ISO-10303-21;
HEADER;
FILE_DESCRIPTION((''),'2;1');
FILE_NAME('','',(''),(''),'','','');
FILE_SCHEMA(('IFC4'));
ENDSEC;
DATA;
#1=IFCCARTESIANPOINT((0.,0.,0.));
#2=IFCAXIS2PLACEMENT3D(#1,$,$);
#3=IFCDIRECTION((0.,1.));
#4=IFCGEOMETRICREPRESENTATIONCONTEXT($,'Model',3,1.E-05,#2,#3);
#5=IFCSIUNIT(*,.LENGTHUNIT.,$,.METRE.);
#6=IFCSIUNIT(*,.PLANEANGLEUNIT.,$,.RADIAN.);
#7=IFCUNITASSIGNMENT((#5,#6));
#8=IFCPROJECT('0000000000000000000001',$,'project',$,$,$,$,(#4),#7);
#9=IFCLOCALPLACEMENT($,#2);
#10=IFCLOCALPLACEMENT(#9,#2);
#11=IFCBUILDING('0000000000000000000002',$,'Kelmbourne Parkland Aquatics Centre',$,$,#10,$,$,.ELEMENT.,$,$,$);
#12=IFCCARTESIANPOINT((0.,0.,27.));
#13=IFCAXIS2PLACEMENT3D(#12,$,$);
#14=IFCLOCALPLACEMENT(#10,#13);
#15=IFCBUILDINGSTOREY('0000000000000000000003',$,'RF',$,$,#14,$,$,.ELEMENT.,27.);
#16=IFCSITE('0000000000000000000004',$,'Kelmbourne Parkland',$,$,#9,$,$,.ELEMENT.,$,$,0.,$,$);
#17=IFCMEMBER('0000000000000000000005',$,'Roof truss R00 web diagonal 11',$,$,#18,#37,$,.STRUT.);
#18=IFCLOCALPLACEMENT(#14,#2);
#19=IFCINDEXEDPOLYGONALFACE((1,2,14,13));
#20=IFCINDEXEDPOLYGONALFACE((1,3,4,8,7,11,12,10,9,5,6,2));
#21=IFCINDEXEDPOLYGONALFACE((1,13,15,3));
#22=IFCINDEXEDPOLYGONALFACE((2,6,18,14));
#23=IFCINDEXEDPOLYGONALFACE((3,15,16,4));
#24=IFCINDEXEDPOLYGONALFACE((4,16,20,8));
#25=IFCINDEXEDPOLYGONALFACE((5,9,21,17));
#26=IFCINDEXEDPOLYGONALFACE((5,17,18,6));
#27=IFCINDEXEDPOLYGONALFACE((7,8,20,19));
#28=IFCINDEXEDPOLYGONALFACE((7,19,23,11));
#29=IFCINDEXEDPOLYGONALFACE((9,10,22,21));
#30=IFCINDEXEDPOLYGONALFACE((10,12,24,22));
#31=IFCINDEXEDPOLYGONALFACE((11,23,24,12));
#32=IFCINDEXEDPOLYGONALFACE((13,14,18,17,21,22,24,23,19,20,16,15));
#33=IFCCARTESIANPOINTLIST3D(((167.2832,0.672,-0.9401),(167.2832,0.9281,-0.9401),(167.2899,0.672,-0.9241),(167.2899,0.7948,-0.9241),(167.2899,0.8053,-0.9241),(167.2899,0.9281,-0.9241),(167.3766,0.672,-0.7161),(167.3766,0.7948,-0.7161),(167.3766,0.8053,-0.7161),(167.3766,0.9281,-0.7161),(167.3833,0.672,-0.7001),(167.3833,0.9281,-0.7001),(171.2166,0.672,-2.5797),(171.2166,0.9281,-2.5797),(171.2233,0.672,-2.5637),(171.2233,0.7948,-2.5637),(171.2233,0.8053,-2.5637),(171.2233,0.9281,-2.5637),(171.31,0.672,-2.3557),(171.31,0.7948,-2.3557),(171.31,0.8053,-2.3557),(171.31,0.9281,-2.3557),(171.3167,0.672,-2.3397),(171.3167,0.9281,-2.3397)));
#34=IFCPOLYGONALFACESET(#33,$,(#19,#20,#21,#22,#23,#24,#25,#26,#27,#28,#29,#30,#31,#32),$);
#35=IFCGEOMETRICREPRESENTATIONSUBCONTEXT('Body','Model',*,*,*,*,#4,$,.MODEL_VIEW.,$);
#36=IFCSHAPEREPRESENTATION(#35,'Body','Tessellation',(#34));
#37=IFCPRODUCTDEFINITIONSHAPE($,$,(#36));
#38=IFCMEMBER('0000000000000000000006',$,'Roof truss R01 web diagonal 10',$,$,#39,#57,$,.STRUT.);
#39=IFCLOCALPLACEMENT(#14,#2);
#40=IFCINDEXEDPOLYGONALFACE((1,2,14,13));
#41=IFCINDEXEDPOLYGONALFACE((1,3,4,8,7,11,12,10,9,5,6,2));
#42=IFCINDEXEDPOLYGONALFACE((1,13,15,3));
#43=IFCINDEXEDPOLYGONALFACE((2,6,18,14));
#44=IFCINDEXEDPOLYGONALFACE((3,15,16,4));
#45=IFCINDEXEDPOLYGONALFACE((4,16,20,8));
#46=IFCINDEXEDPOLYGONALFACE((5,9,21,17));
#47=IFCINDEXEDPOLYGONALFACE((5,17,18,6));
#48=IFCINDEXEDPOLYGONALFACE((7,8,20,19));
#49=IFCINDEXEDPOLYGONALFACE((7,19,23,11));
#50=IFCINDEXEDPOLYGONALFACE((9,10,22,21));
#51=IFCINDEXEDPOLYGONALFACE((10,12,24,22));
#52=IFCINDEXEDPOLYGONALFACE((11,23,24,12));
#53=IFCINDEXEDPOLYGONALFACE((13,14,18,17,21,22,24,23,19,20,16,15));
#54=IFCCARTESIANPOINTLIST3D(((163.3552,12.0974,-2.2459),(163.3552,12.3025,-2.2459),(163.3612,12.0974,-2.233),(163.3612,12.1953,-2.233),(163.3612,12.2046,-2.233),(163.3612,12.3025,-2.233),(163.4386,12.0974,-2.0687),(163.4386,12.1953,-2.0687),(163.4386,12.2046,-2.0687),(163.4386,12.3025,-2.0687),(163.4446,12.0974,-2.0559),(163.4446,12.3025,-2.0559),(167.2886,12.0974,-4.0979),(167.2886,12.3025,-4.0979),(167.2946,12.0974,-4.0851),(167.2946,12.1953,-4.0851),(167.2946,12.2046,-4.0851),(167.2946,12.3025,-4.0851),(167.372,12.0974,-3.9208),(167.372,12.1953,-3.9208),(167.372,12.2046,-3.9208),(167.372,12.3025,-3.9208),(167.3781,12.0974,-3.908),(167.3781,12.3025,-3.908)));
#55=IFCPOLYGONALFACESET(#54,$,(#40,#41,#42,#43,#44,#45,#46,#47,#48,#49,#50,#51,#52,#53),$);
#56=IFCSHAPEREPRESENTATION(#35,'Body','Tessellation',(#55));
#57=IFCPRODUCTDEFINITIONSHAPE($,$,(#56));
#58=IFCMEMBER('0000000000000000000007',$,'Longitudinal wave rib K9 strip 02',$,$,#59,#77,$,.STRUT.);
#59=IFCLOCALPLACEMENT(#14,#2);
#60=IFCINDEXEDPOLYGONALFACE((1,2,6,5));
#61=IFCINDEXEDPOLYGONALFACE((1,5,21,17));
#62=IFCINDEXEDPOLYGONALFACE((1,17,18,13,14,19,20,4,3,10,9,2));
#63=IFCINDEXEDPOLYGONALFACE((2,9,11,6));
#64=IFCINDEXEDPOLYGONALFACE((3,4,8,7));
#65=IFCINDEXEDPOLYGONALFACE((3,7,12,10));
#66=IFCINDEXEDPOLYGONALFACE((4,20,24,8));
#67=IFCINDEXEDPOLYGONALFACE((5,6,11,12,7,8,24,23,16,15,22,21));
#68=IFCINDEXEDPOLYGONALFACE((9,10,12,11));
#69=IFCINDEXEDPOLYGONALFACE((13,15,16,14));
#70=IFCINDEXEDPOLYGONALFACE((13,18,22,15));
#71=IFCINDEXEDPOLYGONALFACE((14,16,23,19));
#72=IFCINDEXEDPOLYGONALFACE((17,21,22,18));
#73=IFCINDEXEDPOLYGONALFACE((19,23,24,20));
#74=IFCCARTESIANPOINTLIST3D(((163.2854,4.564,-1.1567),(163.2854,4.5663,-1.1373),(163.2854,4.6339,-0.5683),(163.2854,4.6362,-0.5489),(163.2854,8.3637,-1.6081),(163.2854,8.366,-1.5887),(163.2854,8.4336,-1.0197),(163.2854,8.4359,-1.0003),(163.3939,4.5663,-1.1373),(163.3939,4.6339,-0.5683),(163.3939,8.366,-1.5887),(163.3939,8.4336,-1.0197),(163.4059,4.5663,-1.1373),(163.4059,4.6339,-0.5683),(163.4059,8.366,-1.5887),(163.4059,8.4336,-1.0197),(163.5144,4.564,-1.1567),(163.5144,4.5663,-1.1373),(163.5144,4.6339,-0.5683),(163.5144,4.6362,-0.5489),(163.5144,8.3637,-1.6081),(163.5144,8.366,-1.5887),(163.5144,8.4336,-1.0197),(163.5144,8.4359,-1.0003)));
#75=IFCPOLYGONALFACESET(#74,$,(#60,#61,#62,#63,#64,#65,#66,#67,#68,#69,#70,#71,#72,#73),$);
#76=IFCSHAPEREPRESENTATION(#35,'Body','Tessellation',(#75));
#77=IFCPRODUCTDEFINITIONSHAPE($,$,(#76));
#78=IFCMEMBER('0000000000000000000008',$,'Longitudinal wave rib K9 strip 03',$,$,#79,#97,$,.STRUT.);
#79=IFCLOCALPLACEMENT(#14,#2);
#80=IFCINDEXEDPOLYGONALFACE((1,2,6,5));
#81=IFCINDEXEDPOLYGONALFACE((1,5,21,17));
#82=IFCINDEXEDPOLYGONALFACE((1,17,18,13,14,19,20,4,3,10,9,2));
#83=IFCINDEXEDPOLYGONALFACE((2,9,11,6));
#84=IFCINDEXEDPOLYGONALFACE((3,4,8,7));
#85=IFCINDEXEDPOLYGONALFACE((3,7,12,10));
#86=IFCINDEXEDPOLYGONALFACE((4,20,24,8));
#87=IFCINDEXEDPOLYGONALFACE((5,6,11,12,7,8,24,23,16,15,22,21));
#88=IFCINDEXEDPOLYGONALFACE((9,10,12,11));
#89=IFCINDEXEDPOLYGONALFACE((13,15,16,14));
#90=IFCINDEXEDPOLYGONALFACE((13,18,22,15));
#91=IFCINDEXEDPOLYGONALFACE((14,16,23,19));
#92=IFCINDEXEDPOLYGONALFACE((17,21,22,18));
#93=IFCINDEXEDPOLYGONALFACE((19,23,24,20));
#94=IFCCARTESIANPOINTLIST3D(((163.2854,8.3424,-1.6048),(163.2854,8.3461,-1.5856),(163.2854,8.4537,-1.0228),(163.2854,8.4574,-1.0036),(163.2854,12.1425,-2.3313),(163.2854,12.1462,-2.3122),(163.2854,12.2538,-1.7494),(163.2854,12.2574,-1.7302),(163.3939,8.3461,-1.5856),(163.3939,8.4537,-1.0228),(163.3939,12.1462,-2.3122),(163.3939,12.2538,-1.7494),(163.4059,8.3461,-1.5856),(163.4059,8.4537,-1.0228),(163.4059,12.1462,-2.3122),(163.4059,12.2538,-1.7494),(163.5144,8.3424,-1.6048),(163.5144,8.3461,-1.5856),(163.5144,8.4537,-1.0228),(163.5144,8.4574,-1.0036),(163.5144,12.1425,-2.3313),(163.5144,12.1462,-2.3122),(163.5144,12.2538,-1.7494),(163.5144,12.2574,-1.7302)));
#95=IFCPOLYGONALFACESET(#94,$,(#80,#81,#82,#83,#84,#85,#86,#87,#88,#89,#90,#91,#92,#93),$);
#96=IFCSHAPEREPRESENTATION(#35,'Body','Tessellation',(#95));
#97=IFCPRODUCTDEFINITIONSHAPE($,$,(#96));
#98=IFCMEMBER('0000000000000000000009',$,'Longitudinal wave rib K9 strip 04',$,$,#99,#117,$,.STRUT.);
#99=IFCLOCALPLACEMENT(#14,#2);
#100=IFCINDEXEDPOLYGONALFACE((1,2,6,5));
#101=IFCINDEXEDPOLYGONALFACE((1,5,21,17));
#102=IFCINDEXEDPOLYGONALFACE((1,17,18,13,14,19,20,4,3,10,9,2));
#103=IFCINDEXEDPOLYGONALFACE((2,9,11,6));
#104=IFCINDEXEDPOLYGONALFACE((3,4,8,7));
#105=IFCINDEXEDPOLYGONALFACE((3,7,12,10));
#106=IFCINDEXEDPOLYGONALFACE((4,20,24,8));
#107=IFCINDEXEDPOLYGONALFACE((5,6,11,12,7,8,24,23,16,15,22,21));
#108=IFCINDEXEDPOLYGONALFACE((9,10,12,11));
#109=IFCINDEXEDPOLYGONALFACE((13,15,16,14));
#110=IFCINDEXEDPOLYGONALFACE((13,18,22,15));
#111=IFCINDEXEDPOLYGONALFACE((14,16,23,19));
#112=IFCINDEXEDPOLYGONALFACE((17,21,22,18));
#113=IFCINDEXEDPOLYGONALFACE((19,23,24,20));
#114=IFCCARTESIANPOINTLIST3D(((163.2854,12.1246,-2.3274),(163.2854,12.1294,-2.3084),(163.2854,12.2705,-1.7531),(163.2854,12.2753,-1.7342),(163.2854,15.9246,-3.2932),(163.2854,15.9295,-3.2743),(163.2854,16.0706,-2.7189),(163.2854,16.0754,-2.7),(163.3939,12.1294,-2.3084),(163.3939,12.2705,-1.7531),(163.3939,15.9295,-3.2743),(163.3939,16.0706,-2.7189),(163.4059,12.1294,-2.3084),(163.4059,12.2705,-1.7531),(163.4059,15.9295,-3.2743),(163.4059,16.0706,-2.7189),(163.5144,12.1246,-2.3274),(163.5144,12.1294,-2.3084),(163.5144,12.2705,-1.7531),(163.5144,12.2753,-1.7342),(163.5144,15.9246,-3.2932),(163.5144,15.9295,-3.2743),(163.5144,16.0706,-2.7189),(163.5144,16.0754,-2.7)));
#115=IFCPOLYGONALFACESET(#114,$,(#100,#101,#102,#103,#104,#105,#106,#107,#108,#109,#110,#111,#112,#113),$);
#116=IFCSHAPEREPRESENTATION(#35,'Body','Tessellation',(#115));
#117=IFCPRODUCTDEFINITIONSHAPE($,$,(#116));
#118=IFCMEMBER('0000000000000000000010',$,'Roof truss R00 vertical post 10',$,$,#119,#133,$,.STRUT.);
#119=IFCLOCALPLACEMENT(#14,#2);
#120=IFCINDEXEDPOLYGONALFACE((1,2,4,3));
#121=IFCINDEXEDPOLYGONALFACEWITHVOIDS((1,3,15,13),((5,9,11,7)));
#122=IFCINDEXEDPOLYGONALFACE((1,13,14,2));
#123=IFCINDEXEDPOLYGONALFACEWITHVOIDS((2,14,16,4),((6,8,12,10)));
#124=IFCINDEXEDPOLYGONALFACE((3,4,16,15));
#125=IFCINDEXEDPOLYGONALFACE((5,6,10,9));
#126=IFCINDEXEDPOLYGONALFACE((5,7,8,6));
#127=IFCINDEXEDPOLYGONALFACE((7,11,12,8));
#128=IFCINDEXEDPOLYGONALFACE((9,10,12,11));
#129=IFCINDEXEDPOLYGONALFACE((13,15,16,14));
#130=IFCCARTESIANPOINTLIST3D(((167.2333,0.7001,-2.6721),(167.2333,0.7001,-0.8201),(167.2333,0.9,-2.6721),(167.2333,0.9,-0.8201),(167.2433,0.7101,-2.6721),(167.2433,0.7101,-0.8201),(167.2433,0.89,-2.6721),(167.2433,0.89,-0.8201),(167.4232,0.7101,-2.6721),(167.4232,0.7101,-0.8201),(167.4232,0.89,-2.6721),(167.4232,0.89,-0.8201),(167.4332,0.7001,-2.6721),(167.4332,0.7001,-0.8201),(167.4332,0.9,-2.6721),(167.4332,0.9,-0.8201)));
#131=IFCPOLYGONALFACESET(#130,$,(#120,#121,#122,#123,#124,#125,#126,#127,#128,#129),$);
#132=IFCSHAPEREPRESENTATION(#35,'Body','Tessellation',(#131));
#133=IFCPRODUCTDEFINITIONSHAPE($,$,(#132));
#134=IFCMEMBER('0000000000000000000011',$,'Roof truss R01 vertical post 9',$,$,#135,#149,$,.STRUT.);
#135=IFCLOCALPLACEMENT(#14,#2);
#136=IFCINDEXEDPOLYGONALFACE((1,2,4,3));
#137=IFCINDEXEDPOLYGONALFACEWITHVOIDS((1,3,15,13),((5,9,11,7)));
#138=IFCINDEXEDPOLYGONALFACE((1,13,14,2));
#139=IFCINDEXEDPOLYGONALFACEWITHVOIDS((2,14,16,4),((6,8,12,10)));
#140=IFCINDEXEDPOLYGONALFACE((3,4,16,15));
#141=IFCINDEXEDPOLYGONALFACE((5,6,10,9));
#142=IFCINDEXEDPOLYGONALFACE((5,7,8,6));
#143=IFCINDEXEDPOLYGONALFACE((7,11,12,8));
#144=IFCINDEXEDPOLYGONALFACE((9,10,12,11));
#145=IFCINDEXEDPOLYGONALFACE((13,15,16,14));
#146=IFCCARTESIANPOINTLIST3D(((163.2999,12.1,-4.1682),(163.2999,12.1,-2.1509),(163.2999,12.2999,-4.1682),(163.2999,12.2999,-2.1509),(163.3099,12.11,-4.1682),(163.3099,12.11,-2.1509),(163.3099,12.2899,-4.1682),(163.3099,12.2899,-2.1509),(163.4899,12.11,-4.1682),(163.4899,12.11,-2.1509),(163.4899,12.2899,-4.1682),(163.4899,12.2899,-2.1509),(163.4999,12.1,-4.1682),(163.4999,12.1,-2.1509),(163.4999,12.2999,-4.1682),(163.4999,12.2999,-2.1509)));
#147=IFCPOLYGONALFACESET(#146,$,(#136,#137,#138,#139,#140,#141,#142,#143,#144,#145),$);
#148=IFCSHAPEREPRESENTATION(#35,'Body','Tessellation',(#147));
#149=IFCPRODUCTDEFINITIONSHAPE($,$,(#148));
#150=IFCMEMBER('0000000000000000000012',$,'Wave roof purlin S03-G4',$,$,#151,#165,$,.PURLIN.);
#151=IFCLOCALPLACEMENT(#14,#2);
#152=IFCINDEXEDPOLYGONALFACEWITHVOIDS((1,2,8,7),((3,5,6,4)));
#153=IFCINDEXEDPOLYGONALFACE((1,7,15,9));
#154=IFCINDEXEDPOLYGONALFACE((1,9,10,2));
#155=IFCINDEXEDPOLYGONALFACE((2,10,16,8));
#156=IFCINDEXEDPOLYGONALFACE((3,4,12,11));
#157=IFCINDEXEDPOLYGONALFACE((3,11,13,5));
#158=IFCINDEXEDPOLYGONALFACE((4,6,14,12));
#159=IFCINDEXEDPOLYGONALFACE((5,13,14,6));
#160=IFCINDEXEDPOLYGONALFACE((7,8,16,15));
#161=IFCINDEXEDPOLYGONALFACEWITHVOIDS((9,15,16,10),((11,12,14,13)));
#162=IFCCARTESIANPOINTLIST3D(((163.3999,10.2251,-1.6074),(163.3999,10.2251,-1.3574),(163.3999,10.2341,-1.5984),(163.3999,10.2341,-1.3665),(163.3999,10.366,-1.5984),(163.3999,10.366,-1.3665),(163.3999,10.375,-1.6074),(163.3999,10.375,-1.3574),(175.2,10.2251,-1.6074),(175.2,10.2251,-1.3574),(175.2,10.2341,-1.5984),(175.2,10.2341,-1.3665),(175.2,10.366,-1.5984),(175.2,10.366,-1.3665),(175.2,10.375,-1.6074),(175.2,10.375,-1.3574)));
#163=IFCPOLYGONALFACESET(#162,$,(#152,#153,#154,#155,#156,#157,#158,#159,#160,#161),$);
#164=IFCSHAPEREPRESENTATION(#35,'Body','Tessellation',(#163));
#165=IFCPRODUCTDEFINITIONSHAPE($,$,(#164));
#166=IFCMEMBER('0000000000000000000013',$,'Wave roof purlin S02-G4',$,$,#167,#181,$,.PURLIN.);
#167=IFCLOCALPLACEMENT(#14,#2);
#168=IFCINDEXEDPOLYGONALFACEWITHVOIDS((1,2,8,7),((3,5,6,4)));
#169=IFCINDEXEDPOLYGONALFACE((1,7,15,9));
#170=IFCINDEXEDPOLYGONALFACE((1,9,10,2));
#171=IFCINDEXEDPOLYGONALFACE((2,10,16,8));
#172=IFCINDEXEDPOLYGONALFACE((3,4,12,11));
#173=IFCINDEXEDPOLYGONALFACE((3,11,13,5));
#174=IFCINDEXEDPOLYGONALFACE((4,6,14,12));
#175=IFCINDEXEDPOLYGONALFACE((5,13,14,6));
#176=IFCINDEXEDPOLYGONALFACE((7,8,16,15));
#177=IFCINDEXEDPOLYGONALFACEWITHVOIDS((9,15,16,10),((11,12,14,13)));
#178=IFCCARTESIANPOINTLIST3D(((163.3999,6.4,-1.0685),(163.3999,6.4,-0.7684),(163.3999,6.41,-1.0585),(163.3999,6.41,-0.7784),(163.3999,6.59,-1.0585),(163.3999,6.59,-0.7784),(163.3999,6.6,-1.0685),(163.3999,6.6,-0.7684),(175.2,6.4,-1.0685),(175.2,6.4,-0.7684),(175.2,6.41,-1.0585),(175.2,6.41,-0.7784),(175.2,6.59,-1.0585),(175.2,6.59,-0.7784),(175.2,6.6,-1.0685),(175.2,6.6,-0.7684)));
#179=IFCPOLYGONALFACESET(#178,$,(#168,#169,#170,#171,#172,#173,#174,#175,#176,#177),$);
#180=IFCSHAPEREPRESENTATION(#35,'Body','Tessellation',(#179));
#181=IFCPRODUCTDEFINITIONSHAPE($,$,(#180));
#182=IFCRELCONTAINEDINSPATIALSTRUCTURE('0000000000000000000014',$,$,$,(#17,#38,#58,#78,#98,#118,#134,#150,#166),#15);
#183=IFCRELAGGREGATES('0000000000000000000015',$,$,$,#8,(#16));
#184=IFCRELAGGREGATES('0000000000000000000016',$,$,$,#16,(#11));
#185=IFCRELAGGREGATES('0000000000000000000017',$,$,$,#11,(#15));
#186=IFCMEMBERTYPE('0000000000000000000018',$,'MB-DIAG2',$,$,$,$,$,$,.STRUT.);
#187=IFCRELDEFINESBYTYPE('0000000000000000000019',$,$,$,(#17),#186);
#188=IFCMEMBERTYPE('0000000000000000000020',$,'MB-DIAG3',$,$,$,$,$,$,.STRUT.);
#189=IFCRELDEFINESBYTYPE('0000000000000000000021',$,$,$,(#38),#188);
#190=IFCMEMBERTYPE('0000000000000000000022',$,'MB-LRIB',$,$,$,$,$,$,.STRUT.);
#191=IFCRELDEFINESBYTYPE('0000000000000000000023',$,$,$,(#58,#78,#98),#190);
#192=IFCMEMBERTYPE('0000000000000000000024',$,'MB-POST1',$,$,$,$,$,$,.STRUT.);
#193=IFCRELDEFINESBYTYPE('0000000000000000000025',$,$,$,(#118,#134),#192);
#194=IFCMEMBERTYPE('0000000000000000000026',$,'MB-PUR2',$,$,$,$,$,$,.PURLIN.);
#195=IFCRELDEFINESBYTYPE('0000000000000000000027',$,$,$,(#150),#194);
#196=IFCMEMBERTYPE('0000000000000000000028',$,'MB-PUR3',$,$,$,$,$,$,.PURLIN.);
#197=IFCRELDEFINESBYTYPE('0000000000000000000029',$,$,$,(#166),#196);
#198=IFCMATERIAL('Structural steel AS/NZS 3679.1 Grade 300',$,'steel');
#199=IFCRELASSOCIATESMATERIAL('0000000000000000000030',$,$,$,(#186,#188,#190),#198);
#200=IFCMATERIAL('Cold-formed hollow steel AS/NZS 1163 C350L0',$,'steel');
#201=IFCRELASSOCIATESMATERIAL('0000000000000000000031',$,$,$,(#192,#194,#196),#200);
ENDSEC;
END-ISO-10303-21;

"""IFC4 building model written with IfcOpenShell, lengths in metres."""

from ifc_helpers import new_model, si_unit, direction, frame, origin, origin_2d, place, context, subcontext, project, spatial, hollow_rectangle, i_section, extrude, material, material_profile, profile_set, type_object, element, save


model = new_model("IFC4")

# Units and contexts
model_context = context("Model", 3, precision=1e-05, world=origin(), true_north=direction((0.0, 1.0)))
body_context = subcontext(model_context, "Body", "Model", "MODEL_VIEW")
ifc_project = project(units=[si_unit("LENGTHUNIT", "METRE"), si_unit("PLANEANGLEUNIT", "RADIAN")], contexts=[model_context])

# Site, building, storey
site_placement = place(None, origin())
site = spatial("IfcSite", under=ifc_project, at=site_placement, Name="Kelmbourne Parkland", CompositionType="ELEMENT", RefElevation=0.0)
building_placement = place(site_placement, origin())
building = spatial("IfcBuilding", under=site, at=building_placement, Name="Kelmbourne Parkland Aquatics Centre", CompositionType="ELEMENT")
storey_placement = place(building_placement, frame((0.0, 0.0, 27.0)))
storey = spatial("IfcBuildingStorey", under=building, at=storey_placement, Name="RF", CompositionType="ELEMENT", Elevation=27.0)

# Members
ifc_material_1 = material(Name="Structural steel AS/NZS 3679.1 Grade 300", Category="steel")
ifc_material_profile_1 = material_profile(ifc_material_1, i_section(OverallWidth=0.2561, OverallDepth=0.26, WebThickness=0.0105, FlangeThickness=0.0173, at=origin_2d()), Name="250UC89.5")
ifc_profile_set_1 = profile_set([ifc_material_profile_1], Name="Structural steel AS/NZS 3679.1 Grade 300")
member_type_1 = type_object("IfcMemberType", Name="MB-DIAG2", PredefinedType="STRUT", material=ifc_profile_set_1)
member_1_placement = place(storey_placement, frame((167.3333, 0.8, -0.8201), z_axis=(0.923014, 0.0, -0.384766), x_axis=(0.0, 1.0, 0.0)))
element("IfcMember", 1, at=member_1_placement, inside=storey, type_object=member_type_1, Name="Roof truss R00 web diagonal 11", PredefinedType="STRUT", context=body_context, shape_type="SweptSolid", body=[
    extrude(i_section(OverallWidth=0.2561, OverallDepth=0.26, WebThickness=0.0105, FlangeThickness=0.0173, at=origin_2d()), origin(), (0.0, 0.0, 1.0), 4.2615),
])
ifc_material_profile_2 = material_profile(ifc_material_1, i_section(OverallWidth=0.2051, OverallDepth=0.21, WebThickness=0.0093, FlangeThickness=0.0142, at=origin_2d()), Name="200UC59.5")
ifc_profile_set_2 = profile_set([ifc_material_profile_2], Name="Structural steel AS/NZS 3679.1 Grade 300")
member_type_2 = type_object("IfcMemberType", Name="MB-DIAG3", PredefinedType="STRUT", material=ifc_profile_set_2)
member_2_placement = place(storey_placement, frame((163.3999, 12.2, -2.1509), z_axis=(0.904725, 0.0, -0.425997), x_axis=(0.0, 1.0, 0.0)))
element("IfcMember", 2, at=member_2_placement, inside=storey, type_object=member_type_2, Name="Roof truss R01 web diagonal 10", PredefinedType="STRUT", context=body_context, shape_type="SweptSolid", body=[
    extrude(i_section(OverallWidth=0.2051, OverallDepth=0.21, WebThickness=0.0093, FlangeThickness=0.0142, at=origin_2d()), origin(), (0.0, 0.0, 1.0), 4.3477),
])
ifc_material_profile_3 = material_profile(ifc_material_1, i_section(OverallWidth=0.229, OverallDepth=0.6121, WebThickness=0.012, FlangeThickness=0.0195, at=origin_2d()), Name="610UB125")
ifc_profile_set_3 = profile_set([ifc_material_profile_3], Name="Structural steel AS/NZS 3679.1 Grade 300")
member_type_3 = type_object("IfcMemberType", Name="MB-LRIB", PredefinedType="STRUT", material=ifc_profile_set_3)
member_3_placement = place(storey_placement, frame((163.3999, 4.6001, -0.8528), z_axis=(0.0, 0.993017, -0.11797), x_axis=(-1.0, 0.0, 0.0)))
element("IfcMember", 3, at=member_3_placement, inside=storey, type_object=member_type_3, Name="Longitudinal wave rib K9 strip 02", PredefinedType="STRUT", context=body_context, shape_type="SweptSolid", body=[
    extrude(i_section(OverallWidth=0.229, OverallDepth=0.6121, WebThickness=0.012, FlangeThickness=0.0195, at=origin_2d()), origin(), (0.0, 0.0, 1.0), 3.8264),
])
member_4_placement = place(storey_placement, frame((163.3999, 8.3999, -1.3042), z_axis=(0.0, 0.982208, -0.187796), x_axis=(-1.0, 0.0, 0.0)))
element("IfcMember", 4, at=member_4_placement, inside=storey, type_object=member_type_3, Name="Longitudinal wave rib K9 strip 03", PredefinedType="STRUT", context=body_context, shape_type="SweptSolid", body=[
    extrude(i_section(OverallWidth=0.229, OverallDepth=0.6121, WebThickness=0.012, FlangeThickness=0.0195, at=origin_2d()), origin(), (0.0, 0.0, 1.0), 3.8689),
])
member_5_placement = place(storey_placement, frame((163.3999, 12.2, -2.0308), z_axis=(0.0, 0.969186, -0.246328), x_axis=(-1.0, 0.0, 0.0)))
element("IfcMember", 5, at=member_5_placement, inside=storey, type_object=member_type_3, Name="Longitudinal wave rib K9 strip 04", PredefinedType="STRUT", context=body_context, shape_type="SweptSolid", body=[
    extrude(i_section(OverallWidth=0.229, OverallDepth=0.6121, WebThickness=0.012, FlangeThickness=0.0195, at=origin_2d()), origin(), (0.0, 0.0, 1.0), 3.9209),
])
ifc_material_2 = material(Name="Cold-formed hollow steel AS/NZS 1163 C350L0", Category="steel")
ifc_material_profile_4 = material_profile(ifc_material_2, hollow_rectangle(XDim=0.2, YDim=0.2, WallThickness=0.01, at=origin_2d()), Name="SHS 200x200x10.0")
ifc_profile_set_4 = profile_set([ifc_material_profile_4], Name="Cold-formed hollow steel AS/NZS 1163 C350L0")
member_type_4 = type_object("IfcMemberType", Name="MB-POST1", PredefinedType="STRUT", material=ifc_profile_set_4)
member_6_placement = place(storey_placement, frame((167.3333, 0.8, -2.6721), z_axis=(0.0, 0.0, 1.0), x_axis=(1.0, 0.0, 0.0)))
element("IfcMember", 6, at=member_6_placement, inside=storey, type_object=member_type_4, Name="Roof truss R00 vertical post 10", PredefinedType="STRUT", context=body_context, shape_type="SweptSolid", body=[
    extrude(hollow_rectangle(XDim=0.2, YDim=0.2, WallThickness=0.01, at=origin_2d()), origin(), (0.0, 0.0, 1.0), 1.8521),
])
member_7_placement = place(storey_placement, frame((163.3999, 12.2, -4.1682), z_axis=(0.0, 0.0, 1.0), x_axis=(1.0, 0.0, 0.0)))
element("IfcMember", 7, at=member_7_placement, inside=storey, type_object=member_type_4, Name="Roof truss R01 vertical post 9", PredefinedType="STRUT", context=body_context, shape_type="SweptSolid", body=[
    extrude(hollow_rectangle(XDim=0.2, YDim=0.2, WallThickness=0.01, at=origin_2d()), origin(), (0.0, 0.0, 1.0), 2.0173),
])
ifc_material_profile_5 = material_profile(ifc_material_2, hollow_rectangle(XDim=0.1499, YDim=0.25, WallThickness=0.009, at=origin_2d()), Name="RHS 250x150x9.0")
ifc_profile_set_5 = profile_set([ifc_material_profile_5], Name="Cold-formed hollow steel AS/NZS 1163 C350L0")
member_type_5 = type_object("IfcMemberType", Name="MB-PUR2", PredefinedType="PURLIN", material=ifc_profile_set_5)
member_8_placement = place(storey_placement, frame((163.3999, 10.3, -1.4824), z_axis=(1.0, 0.0, 0.0), x_axis=(0.0, 1.0, 0.0)))
element("IfcMember", 8, at=member_8_placement, inside=storey, type_object=member_type_5, Name="Wave roof purlin S03-G4", PredefinedType="PURLIN", context=body_context, shape_type="SweptSolid", body=[
    extrude(hollow_rectangle(XDim=0.1499, YDim=0.25, WallThickness=0.009, at=origin_2d()), origin(), (0.0, 0.0, 1.0), 11.8),
])
ifc_material_profile_6 = material_profile(ifc_material_2, hollow_rectangle(XDim=0.2, YDim=0.3, WallThickness=0.01, at=origin_2d()), Name="RHS 300x200x10.0")
ifc_profile_set_6 = profile_set([ifc_material_profile_6], Name="Cold-formed hollow steel AS/NZS 1163 C350L0")
member_type_6 = type_object("IfcMemberType", Name="MB-PUR3", PredefinedType="PURLIN", material=ifc_profile_set_6)
member_9_placement = place(storey_placement, frame((163.3999, 6.5, -0.9185), z_axis=(1.0, 0.0, 0.0), x_axis=(0.0, 1.0, 0.0)))
element("IfcMember", 9, at=member_9_placement, inside=storey, type_object=member_type_6, Name="Wave roof purlin S02-G4", PredefinedType="PURLIN", context=body_context, shape_type="SweptSolid", body=[
    extrude(hollow_rectangle(XDim=0.2, YDim=0.3, WallThickness=0.01, at=origin_2d()), origin(), (0.0, 0.0, 1.0), 11.8),
])

save(model, "model.ifc")
